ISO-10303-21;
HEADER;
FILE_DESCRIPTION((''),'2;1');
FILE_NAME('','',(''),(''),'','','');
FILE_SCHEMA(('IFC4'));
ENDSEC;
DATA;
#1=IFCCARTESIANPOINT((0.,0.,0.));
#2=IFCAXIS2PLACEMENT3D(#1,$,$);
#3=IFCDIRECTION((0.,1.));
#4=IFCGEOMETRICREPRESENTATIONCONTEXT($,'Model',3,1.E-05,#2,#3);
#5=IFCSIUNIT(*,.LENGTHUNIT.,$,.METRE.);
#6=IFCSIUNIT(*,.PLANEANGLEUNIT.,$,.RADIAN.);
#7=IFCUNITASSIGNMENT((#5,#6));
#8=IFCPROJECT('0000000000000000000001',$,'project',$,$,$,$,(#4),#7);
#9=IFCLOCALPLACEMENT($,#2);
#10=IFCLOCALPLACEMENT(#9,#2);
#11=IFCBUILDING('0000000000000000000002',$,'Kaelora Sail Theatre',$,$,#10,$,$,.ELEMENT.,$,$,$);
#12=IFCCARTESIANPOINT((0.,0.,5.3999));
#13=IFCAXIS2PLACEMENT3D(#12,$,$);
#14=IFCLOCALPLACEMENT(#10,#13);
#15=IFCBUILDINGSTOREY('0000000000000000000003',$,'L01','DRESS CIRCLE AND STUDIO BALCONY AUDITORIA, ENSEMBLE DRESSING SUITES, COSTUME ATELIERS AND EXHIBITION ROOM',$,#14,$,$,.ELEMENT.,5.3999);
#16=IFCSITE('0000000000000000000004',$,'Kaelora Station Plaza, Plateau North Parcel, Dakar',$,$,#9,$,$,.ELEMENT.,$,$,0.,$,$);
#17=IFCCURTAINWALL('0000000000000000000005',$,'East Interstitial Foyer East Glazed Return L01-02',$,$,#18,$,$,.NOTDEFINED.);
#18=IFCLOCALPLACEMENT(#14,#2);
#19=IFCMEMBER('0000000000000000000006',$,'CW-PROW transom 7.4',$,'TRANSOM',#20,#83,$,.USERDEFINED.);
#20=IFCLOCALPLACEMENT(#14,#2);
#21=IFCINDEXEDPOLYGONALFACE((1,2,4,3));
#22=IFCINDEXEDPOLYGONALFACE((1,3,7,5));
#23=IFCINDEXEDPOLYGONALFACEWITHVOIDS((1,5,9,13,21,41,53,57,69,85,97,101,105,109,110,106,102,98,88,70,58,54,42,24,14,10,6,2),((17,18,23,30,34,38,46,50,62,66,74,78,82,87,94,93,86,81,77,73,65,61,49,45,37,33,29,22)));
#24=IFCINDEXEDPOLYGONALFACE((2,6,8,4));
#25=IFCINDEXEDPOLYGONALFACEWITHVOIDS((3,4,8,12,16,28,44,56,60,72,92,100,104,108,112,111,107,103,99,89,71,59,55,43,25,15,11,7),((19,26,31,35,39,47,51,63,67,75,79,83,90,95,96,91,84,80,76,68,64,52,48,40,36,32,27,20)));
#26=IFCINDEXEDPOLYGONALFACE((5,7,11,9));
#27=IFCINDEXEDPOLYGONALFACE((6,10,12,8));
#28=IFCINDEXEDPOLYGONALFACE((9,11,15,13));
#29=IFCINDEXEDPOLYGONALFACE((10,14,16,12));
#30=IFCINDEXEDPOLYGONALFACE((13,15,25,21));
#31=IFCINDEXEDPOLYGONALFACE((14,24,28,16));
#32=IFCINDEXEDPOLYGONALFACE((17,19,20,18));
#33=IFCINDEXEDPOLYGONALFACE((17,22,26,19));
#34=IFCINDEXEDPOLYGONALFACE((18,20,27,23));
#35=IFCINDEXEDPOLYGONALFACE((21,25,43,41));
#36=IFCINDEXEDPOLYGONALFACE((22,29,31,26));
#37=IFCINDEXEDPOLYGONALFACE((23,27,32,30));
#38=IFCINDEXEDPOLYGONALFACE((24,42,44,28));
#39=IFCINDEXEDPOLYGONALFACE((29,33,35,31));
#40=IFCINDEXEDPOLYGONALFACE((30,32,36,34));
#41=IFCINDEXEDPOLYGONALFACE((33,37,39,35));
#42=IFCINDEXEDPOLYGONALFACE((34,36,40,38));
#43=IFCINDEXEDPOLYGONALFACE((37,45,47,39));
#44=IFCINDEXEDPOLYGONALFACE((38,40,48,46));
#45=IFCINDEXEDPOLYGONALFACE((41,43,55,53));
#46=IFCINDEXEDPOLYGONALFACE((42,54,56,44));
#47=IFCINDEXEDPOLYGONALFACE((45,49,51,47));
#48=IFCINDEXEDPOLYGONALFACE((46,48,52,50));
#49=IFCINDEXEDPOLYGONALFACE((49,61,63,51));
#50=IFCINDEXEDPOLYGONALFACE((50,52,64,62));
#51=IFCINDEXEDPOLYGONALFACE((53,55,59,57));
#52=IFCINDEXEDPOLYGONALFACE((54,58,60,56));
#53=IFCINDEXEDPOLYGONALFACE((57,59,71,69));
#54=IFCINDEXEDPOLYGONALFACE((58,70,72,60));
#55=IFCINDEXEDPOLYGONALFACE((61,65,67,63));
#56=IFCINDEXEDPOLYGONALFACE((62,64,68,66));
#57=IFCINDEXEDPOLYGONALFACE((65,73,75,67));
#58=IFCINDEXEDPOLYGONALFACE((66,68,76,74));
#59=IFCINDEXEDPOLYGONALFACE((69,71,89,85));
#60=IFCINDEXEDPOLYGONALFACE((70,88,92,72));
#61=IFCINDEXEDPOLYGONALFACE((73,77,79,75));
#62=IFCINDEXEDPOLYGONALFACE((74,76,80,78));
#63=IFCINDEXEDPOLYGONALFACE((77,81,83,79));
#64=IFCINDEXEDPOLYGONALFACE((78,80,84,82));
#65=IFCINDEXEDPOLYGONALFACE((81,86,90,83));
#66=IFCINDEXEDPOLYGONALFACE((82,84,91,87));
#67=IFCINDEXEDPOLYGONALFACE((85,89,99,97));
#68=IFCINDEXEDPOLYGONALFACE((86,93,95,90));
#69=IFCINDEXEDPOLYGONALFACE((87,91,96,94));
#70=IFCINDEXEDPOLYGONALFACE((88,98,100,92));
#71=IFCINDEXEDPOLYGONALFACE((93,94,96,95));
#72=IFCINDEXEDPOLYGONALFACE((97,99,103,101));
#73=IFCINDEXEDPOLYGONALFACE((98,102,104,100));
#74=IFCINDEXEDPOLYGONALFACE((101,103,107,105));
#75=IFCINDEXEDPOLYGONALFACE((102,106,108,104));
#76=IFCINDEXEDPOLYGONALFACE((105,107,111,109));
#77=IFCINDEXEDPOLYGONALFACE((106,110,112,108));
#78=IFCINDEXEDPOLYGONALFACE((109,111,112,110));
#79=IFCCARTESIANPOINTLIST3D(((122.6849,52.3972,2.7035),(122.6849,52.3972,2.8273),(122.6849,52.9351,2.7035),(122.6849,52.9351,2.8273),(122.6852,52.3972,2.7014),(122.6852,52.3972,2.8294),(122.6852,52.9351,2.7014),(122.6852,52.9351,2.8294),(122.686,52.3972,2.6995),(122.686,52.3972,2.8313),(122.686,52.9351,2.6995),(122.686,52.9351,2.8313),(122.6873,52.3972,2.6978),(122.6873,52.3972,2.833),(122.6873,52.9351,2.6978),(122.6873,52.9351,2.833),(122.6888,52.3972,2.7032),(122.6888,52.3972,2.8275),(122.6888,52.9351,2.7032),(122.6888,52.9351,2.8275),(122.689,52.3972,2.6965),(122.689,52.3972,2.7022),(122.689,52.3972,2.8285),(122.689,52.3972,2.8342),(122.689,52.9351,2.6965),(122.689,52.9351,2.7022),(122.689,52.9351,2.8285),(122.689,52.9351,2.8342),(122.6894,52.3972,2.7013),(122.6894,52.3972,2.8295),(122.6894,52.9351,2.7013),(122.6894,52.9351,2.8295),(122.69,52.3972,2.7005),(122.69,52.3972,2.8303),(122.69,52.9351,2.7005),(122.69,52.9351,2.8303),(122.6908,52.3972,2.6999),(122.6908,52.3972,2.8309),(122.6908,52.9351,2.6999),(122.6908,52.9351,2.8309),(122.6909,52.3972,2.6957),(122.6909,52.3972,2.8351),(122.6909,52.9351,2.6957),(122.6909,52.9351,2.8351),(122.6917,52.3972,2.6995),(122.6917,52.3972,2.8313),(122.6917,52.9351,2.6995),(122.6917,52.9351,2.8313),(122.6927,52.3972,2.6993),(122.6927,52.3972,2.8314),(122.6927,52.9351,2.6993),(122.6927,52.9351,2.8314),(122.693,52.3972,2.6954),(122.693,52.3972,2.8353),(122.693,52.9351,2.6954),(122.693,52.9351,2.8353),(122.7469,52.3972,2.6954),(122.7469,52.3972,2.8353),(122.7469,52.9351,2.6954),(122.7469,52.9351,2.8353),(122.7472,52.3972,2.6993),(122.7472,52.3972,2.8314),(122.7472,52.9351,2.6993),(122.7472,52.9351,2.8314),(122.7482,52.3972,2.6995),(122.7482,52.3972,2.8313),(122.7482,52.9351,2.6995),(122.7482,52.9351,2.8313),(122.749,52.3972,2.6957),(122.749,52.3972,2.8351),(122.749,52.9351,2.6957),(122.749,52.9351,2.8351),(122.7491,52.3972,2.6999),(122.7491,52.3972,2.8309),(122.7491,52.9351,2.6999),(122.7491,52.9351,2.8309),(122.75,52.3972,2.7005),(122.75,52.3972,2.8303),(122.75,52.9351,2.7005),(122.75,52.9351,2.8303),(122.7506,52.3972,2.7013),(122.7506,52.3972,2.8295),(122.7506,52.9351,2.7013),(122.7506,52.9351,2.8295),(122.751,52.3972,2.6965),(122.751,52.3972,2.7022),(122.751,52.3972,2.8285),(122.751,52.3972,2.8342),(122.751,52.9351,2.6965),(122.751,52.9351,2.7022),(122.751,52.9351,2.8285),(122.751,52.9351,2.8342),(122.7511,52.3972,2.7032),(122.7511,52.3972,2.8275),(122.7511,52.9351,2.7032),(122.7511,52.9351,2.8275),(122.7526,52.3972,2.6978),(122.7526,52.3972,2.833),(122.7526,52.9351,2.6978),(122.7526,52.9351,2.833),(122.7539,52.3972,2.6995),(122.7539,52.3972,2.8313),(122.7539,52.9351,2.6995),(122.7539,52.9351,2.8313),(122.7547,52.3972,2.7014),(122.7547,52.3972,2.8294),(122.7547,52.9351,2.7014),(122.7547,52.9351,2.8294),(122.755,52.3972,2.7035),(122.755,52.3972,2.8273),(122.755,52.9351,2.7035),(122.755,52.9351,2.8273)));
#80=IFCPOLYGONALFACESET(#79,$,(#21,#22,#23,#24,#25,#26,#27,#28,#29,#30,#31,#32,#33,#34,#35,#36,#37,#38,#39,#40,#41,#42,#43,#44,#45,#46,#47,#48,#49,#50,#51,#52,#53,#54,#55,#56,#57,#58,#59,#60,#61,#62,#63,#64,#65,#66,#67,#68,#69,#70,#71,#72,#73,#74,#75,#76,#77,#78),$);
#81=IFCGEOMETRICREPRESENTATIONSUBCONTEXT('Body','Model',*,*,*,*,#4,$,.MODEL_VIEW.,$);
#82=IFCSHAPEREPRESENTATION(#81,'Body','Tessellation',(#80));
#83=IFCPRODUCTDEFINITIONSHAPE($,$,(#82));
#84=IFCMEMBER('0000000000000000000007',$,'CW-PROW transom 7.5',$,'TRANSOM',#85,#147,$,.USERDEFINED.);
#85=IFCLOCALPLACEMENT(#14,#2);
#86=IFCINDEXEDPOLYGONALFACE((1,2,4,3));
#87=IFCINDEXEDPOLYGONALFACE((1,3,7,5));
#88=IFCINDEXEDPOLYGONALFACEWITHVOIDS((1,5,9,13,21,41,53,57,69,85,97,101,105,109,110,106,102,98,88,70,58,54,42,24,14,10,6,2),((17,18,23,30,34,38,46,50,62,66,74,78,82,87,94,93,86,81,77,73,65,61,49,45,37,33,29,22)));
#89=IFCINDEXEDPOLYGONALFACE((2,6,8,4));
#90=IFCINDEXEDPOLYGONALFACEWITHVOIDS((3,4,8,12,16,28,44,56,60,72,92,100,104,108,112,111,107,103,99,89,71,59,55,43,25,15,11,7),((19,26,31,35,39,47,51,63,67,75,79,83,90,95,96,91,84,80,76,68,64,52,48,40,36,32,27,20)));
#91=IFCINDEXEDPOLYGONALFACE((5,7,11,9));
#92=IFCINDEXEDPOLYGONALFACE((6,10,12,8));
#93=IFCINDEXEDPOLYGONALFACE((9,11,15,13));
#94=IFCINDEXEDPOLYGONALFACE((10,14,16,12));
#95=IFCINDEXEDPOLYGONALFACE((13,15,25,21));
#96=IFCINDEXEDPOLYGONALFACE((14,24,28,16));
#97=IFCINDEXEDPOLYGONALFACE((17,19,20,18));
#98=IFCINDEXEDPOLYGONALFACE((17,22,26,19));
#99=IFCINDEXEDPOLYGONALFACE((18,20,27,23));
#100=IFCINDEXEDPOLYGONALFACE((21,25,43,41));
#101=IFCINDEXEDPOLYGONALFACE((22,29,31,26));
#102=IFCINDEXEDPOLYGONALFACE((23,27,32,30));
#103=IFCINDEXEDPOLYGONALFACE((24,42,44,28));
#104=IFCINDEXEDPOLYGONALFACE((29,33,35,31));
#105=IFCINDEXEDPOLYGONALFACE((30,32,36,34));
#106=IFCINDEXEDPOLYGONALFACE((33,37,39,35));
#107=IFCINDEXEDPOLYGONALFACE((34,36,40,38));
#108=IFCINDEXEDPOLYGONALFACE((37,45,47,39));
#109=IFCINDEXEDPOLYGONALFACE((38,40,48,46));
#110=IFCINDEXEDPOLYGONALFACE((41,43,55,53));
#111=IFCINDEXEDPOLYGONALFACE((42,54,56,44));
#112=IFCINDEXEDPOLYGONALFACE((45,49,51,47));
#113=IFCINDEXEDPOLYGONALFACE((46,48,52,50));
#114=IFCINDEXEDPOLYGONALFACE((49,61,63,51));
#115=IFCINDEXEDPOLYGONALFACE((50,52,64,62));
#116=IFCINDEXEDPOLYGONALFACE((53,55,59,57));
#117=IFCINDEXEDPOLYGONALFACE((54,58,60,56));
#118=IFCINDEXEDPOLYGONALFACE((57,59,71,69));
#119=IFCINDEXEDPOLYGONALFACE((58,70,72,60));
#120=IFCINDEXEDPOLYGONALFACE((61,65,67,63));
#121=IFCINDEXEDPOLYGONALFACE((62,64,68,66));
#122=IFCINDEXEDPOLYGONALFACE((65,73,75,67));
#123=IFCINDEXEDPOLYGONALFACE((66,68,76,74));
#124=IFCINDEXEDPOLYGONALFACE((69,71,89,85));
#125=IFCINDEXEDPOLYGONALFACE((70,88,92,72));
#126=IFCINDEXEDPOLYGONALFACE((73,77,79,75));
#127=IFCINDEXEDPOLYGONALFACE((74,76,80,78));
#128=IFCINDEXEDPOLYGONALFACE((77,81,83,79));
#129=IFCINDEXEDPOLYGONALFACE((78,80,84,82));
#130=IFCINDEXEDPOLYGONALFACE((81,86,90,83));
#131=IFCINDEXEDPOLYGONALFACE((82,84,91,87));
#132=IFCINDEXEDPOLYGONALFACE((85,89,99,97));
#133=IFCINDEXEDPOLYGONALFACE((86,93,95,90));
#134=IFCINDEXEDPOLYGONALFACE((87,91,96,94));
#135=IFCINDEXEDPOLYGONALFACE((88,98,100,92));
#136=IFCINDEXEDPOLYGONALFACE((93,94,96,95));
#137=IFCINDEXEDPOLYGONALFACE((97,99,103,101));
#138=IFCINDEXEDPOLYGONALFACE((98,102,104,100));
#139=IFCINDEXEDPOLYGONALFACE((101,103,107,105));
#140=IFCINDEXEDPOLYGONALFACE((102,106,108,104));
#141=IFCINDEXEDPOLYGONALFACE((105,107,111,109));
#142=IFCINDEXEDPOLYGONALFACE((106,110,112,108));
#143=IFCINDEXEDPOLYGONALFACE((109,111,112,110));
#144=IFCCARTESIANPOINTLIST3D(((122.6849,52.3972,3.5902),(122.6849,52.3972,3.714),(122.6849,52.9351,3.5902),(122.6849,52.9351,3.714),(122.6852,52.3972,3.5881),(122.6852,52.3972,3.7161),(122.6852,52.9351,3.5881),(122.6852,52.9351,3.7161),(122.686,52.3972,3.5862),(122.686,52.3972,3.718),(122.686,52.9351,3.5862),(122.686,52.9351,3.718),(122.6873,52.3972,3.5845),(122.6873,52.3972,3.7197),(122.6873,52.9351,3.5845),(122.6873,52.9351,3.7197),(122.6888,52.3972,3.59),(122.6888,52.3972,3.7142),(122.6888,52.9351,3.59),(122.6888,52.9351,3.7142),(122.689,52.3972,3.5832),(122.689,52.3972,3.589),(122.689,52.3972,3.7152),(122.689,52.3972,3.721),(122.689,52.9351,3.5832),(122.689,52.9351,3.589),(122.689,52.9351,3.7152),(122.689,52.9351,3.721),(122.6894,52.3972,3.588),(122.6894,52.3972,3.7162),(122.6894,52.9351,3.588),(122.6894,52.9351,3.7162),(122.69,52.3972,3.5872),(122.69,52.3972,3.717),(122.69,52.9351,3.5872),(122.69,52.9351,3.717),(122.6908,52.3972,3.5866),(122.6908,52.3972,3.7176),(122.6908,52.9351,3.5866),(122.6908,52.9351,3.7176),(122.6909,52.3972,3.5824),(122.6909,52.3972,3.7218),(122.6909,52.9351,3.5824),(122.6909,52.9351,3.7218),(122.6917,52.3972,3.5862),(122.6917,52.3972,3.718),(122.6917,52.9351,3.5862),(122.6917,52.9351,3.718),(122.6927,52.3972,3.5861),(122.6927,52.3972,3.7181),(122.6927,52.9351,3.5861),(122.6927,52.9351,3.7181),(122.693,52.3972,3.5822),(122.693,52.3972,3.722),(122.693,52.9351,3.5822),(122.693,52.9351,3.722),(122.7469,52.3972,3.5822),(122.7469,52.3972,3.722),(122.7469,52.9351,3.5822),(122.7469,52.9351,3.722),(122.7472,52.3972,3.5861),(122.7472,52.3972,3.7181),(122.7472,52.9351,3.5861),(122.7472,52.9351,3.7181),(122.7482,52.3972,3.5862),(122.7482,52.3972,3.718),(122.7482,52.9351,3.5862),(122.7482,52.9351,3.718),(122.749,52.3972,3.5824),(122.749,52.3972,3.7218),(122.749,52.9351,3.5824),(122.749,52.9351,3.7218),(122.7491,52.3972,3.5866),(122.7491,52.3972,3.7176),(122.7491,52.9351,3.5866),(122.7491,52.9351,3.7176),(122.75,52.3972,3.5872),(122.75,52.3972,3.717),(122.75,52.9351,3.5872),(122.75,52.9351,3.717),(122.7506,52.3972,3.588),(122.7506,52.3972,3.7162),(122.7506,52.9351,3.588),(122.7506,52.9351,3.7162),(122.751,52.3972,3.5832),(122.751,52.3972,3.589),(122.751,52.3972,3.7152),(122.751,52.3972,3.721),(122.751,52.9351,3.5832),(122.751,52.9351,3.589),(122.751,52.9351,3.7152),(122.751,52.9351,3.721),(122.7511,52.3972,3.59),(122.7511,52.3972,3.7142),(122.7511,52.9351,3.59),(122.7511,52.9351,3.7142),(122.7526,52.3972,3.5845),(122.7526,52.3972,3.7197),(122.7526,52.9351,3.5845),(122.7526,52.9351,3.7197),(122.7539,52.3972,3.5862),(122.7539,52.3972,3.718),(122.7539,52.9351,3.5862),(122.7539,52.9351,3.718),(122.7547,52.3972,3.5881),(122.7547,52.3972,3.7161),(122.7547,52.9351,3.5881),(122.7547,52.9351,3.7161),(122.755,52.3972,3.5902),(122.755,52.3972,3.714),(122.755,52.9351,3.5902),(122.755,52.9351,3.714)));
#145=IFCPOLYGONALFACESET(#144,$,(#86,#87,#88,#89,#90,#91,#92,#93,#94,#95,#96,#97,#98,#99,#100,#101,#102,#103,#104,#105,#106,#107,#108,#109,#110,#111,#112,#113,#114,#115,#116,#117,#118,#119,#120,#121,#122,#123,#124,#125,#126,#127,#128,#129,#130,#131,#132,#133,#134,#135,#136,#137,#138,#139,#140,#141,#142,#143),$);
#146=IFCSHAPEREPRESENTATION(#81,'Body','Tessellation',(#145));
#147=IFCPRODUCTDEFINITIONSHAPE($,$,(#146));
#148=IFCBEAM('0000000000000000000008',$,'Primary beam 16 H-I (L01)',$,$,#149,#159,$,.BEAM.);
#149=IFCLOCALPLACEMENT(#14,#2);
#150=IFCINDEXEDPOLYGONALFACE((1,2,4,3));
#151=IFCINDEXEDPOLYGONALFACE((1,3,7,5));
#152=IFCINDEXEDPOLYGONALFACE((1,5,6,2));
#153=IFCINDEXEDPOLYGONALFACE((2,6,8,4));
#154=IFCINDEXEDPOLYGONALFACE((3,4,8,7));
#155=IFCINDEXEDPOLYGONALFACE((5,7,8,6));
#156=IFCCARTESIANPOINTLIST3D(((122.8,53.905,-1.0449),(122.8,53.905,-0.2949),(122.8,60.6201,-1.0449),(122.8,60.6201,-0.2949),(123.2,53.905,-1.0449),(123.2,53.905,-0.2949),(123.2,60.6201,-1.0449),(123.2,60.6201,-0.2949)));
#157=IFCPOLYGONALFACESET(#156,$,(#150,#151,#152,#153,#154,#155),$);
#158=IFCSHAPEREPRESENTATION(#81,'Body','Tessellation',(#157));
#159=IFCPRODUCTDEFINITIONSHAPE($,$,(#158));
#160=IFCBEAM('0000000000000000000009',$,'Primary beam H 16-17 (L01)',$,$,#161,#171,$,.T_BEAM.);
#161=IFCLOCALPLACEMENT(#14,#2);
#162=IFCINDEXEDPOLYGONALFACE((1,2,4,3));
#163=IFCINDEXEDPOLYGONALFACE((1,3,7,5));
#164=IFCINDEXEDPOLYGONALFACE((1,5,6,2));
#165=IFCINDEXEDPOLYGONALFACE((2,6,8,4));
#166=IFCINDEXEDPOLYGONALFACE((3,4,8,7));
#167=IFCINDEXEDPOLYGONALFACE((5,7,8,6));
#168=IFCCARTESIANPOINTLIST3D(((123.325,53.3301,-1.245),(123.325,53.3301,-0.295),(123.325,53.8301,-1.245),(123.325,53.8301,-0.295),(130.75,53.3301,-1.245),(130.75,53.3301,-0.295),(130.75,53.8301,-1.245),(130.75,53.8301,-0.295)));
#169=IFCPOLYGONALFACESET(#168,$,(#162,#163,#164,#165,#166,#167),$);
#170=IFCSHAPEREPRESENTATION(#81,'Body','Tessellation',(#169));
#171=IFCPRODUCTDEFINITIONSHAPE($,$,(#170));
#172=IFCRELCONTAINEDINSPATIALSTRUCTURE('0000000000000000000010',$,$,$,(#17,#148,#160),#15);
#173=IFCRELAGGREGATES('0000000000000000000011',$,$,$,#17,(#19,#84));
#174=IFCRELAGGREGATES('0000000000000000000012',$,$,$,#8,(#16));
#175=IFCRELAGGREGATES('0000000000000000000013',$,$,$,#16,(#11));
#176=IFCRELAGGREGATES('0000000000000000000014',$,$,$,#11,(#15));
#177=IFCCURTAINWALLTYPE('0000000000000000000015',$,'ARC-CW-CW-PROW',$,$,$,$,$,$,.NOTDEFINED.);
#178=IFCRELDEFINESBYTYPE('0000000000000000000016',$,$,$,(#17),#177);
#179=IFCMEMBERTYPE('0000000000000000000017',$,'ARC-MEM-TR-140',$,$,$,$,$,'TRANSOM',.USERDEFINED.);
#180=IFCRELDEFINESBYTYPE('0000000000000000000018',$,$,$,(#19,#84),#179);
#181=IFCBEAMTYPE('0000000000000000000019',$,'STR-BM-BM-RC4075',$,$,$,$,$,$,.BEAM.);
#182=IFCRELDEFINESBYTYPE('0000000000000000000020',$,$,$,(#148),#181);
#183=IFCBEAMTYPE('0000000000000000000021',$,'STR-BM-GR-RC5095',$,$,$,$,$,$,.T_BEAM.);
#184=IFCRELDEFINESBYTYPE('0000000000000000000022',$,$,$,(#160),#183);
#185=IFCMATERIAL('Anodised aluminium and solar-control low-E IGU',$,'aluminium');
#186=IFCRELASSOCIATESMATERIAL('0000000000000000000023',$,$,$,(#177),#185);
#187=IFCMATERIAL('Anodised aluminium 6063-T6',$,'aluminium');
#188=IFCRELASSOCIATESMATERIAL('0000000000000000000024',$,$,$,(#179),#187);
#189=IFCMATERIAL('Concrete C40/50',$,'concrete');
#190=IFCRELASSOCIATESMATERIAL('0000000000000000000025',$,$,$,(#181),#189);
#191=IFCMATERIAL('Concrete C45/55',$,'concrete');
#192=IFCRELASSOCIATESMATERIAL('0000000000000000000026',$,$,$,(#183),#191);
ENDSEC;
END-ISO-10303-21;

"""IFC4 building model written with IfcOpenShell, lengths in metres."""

from ifc_helpers import new_model, si_unit, direction, frame, origin, origin_2d, place, context, subcontext, project, spatial, rectangle, hollow_rectangle, extrude, material, material_profile, profile_set, type_object, element, aggregate, save


model = new_model("IFC4")

# Units and contexts
model_context = context("Model", 3, precision=1e-05, world=origin(), true_north=direction((0.0, 1.0)))
body_context = subcontext(model_context, "Body", "Model", "MODEL_VIEW")
ifc_project = project(units=[si_unit("LENGTHUNIT", "METRE"), si_unit("PLANEANGLEUNIT", "RADIAN")], contexts=[model_context])

# Site, building, storey
site_placement = place(None, origin())
site = spatial("IfcSite", under=ifc_project, at=site_placement, Name="Kaelora Station Plaza, Plateau North Parcel, Dakar", CompositionType="ELEMENT", RefElevation=0.0)
building_placement = place(site_placement, origin())
building = spatial("IfcBuilding", under=site, at=building_placement, Name="Kaelora Sail Theatre", CompositionType="ELEMENT")
storey_placement = place(building_placement, frame((0.0, 0.0, 5.3999)))
storey = spatial("IfcBuildingStorey", under=building, at=storey_placement, Name="L01", Description="DRESS CIRCLE AND STUDIO BALCONY AUDITORIA, ENSEMBLE DRESSING SUITES, COSTUME ATELIERS AND EXHIBITION ROOM", CompositionType="ELEMENT", Elevation=5.3999)

# Curtain wall, members
ifc_material_1 = material(Name="Anodised aluminium and solar-control low-E IGU", Category="aluminium")
curtain_wall_type = type_object("IfcCurtainWallType", Name="ARC-CW-CW-PROW", PredefinedType="NOTDEFINED", material=ifc_material_1)
curtain_wall_placement = place(storey_placement, origin())
curtain_wall = element("IfcCurtainWall", 1, at=curtain_wall_placement, inside=storey, type_object=curtain_wall_type, Name="East Interstitial Foyer East Glazed Return L01-02", PredefinedType="NOTDEFINED")
ifc_material_2 = material(Name="Anodised aluminium 6063-T6", Category="aluminium")
ifc_material_profile_1 = material_profile(ifc_material_2, hollow_rectangle(XDim=0.0701, YDim=0.1399, WallThickness=0.0039, InnerFilletRadius=0.0039, OuterFilletRadius=0.0081, at=origin_2d()), Name="ALU-TRAN 70x140x4")
ifc_profile_set_1 = profile_set([ifc_material_profile_1], Name="Anodised aluminium 6063-T6")
member_type_1 = type_object("IfcMemberType", Name="ARC-MEM-TR-140", ElementType="TRANSOM", PredefinedType="USERDEFINED", material=ifc_profile_set_1)
member_1_placement = place(storey_placement, frame((122.72, 52.3972, 2.7654), z_axis=(0.0, 1.0, 0.0), x_axis=(-1.0, 0.0, 0.0)))
member_1 = element("IfcMember", 2, at=member_1_placement, type_object=member_type_1, Name="CW-PROW transom 7.4", ObjectType="TRANSOM", PredefinedType="USERDEFINED", context=body_context, shape_type="SweptSolid", body=[
    extrude(hollow_rectangle(XDim=0.0701, YDim=0.1399, WallThickness=0.0039, InnerFilletRadius=0.0039, OuterFilletRadius=0.0081, at=origin_2d()), origin(), (0.0, 0.0, 1.0), 0.5378),
])
member_2_placement = place(storey_placement, frame((122.72, 52.3972, 3.6521), z_axis=(0.0, 1.0, 0.0), x_axis=(-1.0, 0.0, 0.0)))
member_2 = element("IfcMember", 3, at=member_2_placement, type_object=member_type_1, Name="CW-PROW transom 7.5", ObjectType="TRANSOM", PredefinedType="USERDEFINED", context=body_context, shape_type="SweptSolid", body=[
    extrude(hollow_rectangle(XDim=0.0701, YDim=0.1399, WallThickness=0.0039, InnerFilletRadius=0.0039, OuterFilletRadius=0.0081, at=origin_2d()), origin(), (0.0, 0.0, 1.0), 0.5378),
])

# Beams
ifc_material_3 = material(Name="Concrete C40/50", Category="concrete")
ifc_material_profile_2 = material_profile(ifc_material_3, rectangle(XDim=0.3999, YDim=0.75, at=origin_2d()), Name="RC-BM 400x750")
ifc_profile_set_2 = profile_set([ifc_material_profile_2], Name="Concrete C40/50")
beam_type_1 = type_object("IfcBeamType", Name="STR-BM-BM-RC4075", PredefinedType="BEAM", material=ifc_profile_set_2)
beam_1_placement = place(storey_placement, frame((123.0, 53.905, -0.6699), z_axis=(0.0, 1.0, 0.0), x_axis=(-1.0, 0.0, 0.0)))
element("IfcBeam", 4, at=beam_1_placement, inside=storey, type_object=beam_type_1, Name="Primary beam 16 H-I (L01)", PredefinedType="BEAM", context=body_context, shape_type="SweptSolid", body=[
    extrude(rectangle(XDim=0.3999, YDim=0.75, at=origin_2d()), origin(), (0.0, 0.0, 1.0), 6.7151),
])
ifc_material_4 = material(Name="Concrete C45/55", Category="concrete")
ifc_material_profile_3 = material_profile(ifc_material_4, rectangle(XDim=0.5, YDim=0.95, at=origin_2d()), Name="RC-GRD 500x950")
ifc_profile_set_3 = profile_set([ifc_material_profile_3], Name="Concrete C45/55")
beam_type_2 = type_object("IfcBeamType", Name="STR-BM-GR-RC5095", PredefinedType="T_BEAM", material=ifc_profile_set_3)
beam_2_placement = place(storey_placement, frame((123.325, 53.5801, -0.77), z_axis=(1.0, 0.0, 0.0), x_axis=(0.0, 1.0, 0.0)))
element("IfcBeam", 5, at=beam_2_placement, inside=storey, type_object=beam_type_2, Name="Primary beam H 16-17 (L01)", PredefinedType="T_BEAM", context=body_context, shape_type="SweptSolid", body=[
    extrude(rectangle(XDim=0.5, YDim=0.95, at=origin_2d()), origin(), (0.0, 0.0, 1.0), 7.425),
])

aggregate(curtain_wall, [member_1, member_2])

save(model, "model.ifc")
